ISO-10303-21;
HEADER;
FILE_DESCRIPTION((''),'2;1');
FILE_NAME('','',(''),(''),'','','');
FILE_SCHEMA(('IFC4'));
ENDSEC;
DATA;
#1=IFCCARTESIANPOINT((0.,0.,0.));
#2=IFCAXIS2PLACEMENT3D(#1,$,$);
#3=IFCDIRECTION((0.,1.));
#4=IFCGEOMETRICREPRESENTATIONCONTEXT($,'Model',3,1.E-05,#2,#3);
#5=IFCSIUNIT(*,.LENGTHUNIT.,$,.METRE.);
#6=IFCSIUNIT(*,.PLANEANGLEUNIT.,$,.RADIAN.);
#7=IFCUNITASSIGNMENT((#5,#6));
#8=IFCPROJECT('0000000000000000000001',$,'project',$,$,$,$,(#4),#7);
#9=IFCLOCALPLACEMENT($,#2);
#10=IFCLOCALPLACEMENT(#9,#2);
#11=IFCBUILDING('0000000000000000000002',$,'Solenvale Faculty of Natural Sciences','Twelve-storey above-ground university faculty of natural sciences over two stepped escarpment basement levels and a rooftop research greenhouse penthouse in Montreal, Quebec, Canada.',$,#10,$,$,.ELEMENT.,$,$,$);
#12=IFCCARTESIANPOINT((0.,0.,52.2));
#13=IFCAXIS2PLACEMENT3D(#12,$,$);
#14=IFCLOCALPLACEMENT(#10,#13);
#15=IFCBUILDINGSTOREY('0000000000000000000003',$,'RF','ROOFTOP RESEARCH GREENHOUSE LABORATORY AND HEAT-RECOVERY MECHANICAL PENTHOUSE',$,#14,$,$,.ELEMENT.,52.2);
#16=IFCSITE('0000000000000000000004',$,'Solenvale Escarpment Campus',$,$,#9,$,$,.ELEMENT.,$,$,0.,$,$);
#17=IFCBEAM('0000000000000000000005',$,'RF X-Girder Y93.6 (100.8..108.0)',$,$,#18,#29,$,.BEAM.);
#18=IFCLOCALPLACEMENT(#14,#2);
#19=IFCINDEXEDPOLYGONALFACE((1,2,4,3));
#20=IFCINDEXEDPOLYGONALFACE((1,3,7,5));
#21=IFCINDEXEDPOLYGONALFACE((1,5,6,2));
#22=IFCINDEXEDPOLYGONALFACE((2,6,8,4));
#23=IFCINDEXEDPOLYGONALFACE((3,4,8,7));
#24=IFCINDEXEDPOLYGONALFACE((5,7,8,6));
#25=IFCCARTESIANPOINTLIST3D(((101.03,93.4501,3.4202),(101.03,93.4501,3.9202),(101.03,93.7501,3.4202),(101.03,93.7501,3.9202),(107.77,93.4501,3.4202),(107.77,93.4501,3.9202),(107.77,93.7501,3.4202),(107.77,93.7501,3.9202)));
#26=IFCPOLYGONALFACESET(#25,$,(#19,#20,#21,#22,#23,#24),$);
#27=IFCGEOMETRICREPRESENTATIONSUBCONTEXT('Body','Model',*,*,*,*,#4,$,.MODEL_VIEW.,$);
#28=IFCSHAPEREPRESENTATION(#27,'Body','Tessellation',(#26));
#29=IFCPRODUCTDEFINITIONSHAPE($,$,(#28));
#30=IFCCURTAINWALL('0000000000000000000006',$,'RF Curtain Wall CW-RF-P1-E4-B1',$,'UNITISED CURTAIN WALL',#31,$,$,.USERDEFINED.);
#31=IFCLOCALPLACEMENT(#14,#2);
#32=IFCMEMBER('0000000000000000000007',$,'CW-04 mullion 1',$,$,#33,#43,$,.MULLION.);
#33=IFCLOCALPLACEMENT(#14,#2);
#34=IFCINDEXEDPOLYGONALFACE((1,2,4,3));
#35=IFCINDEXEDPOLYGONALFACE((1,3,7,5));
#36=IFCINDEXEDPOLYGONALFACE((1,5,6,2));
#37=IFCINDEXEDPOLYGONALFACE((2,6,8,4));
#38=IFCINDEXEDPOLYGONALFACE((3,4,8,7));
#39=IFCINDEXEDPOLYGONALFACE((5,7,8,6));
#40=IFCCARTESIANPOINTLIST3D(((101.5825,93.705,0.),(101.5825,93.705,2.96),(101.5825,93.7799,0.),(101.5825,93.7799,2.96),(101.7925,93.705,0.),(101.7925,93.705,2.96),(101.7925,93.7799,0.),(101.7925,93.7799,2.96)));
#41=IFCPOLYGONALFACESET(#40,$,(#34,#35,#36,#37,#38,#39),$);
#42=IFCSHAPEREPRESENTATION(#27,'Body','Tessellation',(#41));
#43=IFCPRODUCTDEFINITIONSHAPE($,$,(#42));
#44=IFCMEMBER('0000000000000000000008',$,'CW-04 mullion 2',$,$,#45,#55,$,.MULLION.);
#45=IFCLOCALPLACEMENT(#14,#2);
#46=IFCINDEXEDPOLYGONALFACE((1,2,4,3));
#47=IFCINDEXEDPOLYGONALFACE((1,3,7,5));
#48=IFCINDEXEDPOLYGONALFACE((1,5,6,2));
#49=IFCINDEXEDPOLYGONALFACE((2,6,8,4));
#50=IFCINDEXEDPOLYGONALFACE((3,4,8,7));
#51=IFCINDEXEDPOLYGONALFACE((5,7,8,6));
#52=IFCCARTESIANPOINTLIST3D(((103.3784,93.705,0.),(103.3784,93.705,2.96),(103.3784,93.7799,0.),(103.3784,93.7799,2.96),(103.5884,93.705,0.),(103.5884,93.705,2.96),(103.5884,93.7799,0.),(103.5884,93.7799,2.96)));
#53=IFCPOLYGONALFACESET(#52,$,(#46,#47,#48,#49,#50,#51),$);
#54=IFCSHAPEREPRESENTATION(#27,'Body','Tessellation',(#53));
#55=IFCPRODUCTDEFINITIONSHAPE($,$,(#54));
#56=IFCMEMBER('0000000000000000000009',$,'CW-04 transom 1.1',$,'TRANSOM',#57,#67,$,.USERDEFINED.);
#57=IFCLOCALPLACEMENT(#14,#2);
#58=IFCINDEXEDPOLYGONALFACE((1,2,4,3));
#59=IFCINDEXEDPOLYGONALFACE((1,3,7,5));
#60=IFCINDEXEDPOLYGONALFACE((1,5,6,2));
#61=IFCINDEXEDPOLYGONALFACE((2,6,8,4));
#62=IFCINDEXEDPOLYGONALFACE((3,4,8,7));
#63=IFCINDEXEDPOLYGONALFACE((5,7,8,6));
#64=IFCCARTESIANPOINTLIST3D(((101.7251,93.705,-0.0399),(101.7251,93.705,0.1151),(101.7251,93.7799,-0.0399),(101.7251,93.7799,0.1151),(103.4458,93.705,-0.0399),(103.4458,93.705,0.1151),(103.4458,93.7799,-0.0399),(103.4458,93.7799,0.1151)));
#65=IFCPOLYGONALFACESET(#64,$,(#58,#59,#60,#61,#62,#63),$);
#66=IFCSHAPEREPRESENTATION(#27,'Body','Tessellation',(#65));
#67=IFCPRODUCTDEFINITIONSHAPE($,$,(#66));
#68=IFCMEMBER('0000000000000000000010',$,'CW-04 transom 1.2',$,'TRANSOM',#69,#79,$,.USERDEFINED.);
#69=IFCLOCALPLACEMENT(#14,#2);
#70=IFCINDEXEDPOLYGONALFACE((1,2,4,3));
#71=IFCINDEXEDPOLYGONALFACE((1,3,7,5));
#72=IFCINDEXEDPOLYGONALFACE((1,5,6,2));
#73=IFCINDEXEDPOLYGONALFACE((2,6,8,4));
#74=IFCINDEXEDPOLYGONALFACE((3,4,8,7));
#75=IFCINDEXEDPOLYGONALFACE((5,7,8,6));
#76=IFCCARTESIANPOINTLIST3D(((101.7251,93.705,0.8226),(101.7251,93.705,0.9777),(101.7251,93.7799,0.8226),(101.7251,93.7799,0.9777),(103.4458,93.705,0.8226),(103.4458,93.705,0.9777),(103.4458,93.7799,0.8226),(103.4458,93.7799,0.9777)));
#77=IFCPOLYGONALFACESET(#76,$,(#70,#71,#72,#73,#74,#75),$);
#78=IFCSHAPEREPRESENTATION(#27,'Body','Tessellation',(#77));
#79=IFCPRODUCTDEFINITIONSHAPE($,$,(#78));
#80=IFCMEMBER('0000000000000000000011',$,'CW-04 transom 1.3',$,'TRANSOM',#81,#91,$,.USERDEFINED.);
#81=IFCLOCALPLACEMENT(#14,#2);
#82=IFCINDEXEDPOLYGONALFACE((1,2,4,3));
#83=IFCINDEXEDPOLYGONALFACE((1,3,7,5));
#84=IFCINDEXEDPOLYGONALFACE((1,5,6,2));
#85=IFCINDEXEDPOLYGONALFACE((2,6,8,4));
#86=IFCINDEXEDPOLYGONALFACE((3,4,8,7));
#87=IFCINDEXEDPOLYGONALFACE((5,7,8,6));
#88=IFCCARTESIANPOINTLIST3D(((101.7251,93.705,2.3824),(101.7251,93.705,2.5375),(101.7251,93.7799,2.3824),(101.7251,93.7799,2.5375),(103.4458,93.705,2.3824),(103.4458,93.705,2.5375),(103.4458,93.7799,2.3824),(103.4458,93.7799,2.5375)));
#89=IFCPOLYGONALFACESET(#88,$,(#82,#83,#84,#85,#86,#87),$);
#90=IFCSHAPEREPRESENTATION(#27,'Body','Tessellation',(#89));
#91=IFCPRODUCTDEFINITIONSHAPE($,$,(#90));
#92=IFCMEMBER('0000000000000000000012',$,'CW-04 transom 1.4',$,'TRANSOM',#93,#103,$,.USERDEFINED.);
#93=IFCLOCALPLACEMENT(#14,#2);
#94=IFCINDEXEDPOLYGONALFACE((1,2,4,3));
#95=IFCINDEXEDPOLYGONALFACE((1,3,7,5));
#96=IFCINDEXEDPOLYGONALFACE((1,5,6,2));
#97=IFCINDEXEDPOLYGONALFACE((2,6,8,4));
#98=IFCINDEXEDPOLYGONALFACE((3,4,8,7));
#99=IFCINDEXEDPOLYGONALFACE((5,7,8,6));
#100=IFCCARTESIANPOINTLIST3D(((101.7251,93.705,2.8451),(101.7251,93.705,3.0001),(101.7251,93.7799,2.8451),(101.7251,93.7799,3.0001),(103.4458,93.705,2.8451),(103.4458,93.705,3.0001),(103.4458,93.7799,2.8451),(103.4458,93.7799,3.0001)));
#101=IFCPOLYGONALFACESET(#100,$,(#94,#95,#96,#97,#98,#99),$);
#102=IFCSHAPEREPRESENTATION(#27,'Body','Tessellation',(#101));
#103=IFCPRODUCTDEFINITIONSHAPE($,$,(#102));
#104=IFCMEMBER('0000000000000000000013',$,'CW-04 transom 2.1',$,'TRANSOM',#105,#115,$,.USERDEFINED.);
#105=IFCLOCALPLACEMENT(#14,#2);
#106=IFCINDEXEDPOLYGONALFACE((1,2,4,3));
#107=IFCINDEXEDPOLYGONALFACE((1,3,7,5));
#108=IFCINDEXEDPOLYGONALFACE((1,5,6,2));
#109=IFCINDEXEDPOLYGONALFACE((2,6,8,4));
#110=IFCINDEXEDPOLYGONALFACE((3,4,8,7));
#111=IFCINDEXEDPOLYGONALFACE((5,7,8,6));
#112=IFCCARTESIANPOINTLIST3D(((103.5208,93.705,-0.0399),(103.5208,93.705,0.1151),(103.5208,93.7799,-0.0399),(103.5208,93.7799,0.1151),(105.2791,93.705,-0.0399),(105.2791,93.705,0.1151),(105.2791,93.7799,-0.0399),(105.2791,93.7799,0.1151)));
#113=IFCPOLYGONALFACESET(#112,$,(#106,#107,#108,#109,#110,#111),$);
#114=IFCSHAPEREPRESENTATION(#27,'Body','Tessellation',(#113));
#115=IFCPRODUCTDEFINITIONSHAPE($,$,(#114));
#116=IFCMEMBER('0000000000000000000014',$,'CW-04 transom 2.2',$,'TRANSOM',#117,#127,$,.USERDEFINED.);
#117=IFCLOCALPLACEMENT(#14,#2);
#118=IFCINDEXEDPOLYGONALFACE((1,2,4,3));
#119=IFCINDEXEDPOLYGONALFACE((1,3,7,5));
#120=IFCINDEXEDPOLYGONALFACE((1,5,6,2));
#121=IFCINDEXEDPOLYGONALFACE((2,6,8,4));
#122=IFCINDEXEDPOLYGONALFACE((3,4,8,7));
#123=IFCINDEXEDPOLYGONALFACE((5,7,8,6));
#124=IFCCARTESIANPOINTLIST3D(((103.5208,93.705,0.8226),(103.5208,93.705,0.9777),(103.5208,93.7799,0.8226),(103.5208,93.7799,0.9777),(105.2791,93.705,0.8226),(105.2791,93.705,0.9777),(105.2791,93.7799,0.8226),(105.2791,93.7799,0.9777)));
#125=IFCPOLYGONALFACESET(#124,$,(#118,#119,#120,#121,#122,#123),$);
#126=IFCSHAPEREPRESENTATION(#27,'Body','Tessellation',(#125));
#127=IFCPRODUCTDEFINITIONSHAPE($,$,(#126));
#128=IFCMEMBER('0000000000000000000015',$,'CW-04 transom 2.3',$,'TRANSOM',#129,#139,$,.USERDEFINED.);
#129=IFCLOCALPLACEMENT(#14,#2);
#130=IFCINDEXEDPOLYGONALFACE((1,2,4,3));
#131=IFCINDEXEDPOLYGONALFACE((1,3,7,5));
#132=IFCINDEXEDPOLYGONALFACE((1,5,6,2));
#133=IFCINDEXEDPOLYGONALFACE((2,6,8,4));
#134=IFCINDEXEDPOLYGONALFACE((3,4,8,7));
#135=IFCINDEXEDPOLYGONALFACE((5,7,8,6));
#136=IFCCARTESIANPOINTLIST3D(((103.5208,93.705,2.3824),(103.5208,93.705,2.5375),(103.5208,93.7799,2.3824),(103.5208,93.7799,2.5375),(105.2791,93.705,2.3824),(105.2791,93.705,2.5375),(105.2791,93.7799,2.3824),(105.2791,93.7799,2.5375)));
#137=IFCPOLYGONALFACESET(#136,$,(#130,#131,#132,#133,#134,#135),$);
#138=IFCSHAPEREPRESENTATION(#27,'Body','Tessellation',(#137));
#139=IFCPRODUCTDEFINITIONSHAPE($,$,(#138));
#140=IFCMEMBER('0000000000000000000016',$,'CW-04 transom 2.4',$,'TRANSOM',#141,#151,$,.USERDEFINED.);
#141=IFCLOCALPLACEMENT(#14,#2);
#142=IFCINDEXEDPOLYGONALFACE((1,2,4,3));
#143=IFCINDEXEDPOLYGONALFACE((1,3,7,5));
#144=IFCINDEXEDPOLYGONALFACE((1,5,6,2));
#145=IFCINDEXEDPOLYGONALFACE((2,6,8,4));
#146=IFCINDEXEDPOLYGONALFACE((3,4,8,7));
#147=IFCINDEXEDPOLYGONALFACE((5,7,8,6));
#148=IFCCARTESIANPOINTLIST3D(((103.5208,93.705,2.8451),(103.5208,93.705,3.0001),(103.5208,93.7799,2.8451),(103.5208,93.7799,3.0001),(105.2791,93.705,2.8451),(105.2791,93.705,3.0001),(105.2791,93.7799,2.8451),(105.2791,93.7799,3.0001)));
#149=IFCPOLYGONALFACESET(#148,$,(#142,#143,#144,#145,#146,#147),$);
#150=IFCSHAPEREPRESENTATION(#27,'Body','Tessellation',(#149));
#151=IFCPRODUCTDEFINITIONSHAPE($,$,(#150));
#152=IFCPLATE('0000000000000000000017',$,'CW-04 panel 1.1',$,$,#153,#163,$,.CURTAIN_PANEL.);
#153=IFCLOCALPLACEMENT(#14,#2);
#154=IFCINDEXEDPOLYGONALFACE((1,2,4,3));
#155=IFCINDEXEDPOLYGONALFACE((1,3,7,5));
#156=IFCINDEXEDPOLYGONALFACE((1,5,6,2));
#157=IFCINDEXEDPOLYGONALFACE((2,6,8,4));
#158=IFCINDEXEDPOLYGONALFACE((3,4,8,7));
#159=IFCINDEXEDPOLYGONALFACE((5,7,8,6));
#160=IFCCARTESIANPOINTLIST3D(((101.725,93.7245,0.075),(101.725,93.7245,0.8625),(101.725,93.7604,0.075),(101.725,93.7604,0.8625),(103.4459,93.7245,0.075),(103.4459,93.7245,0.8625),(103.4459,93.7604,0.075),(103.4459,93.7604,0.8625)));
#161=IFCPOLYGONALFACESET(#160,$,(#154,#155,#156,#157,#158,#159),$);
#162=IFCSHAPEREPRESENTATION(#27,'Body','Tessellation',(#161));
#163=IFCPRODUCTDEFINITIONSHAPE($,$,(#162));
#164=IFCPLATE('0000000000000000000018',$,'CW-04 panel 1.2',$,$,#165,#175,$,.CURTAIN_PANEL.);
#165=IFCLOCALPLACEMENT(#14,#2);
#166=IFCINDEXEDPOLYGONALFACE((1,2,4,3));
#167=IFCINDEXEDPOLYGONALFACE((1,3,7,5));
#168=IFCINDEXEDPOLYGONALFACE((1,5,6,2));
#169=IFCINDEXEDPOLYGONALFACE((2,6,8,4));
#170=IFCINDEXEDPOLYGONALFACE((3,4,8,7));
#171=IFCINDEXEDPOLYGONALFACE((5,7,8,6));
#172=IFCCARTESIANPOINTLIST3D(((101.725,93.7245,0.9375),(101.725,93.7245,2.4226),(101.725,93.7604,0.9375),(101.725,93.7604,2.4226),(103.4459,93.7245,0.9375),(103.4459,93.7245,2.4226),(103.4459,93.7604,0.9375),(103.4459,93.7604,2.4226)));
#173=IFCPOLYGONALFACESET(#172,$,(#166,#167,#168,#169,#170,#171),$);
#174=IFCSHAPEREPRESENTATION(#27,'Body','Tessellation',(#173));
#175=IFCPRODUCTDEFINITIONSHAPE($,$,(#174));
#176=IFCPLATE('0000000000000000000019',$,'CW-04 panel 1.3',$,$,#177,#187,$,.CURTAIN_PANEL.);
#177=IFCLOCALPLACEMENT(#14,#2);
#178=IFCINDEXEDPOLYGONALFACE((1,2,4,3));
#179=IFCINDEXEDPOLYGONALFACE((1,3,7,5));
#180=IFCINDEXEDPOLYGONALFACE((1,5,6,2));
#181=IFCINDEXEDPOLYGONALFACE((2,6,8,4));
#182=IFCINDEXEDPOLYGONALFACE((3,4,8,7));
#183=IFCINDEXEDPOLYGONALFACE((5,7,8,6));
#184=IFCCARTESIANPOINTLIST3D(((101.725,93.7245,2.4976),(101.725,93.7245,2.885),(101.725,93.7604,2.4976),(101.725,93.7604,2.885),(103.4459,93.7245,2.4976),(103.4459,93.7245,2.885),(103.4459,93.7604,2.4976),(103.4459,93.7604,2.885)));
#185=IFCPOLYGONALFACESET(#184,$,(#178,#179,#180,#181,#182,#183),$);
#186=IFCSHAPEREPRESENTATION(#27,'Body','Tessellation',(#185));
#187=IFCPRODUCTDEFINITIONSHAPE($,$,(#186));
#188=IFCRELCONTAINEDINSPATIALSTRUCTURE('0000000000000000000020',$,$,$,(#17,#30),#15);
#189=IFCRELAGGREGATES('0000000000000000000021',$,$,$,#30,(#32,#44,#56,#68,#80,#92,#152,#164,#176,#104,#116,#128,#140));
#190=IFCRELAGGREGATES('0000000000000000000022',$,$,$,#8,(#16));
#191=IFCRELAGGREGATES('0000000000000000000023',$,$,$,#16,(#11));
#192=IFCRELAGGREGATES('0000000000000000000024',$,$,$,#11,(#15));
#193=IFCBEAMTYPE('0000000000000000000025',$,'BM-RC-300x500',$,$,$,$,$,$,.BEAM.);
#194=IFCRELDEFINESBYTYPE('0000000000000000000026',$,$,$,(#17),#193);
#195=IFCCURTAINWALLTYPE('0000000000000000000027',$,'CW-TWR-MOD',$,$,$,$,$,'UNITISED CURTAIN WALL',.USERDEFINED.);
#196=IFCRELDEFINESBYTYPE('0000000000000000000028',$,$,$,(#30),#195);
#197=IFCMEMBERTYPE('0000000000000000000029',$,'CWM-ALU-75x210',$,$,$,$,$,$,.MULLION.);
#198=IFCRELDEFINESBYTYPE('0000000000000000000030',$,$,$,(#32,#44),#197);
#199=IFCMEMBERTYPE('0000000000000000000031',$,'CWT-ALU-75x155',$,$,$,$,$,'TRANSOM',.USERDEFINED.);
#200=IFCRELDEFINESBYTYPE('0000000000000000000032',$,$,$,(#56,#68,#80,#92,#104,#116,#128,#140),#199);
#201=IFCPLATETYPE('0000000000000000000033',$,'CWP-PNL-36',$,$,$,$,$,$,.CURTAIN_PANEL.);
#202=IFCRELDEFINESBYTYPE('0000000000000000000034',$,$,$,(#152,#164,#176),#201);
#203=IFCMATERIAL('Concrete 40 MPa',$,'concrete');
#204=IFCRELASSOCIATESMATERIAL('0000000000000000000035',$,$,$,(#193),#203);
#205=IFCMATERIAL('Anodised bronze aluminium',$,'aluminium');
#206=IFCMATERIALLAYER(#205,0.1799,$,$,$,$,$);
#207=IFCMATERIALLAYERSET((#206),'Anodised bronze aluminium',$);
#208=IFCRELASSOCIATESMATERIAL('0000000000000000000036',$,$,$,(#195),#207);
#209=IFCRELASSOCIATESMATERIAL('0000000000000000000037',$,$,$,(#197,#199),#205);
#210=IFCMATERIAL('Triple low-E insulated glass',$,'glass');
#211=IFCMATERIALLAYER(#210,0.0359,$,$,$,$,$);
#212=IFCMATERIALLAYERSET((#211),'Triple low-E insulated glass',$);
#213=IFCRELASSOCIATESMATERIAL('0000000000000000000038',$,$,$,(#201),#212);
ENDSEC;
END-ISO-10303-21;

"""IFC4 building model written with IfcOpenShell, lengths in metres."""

from ifc_helpers import new_model, si_unit, direction, frame, origin, origin_2d, place, context, subcontext, project, spatial, rectangle, extrude, material, layer, layer_set, material_profile, profile_set, type_object, element, aggregate, save


model = new_model("IFC4")

# Units and contexts
model_context = context("Model", 3, precision=1e-05, world=origin(), true_north=direction((0.0, 1.0)))
body_context = subcontext(model_context, "Body", "Model", "MODEL_VIEW")
ifc_project = project(units=[si_unit("LENGTHUNIT", "METRE"), si_unit("PLANEANGLEUNIT", "RADIAN")], contexts=[model_context])

# Site, building, storey
site_placement = place(None, origin())
site = spatial("IfcSite", under=ifc_project, at=site_placement, Name="Solenvale Escarpment Campus", CompositionType="ELEMENT", RefElevation=0.0)
building_placement = place(site_placement, origin())
building = spatial("IfcBuilding", under=site, at=building_placement, Name="Solenvale Faculty of Natural Sciences", Description="Twelve-storey above-ground university faculty of natural sciences over two stepped escarpment basement levels and a rooftop research greenhouse penthouse in Montreal, Quebec, Canada.", CompositionType="ELEMENT")
storey_placement = place(building_placement, frame((0.0, 0.0, 52.2)))
storey = spatial("IfcBuildingStorey", under=building, at=storey_placement, Name="RF", Description="ROOFTOP RESEARCH GREENHOUSE LABORATORY AND HEAT-RECOVERY MECHANICAL PENTHOUSE", CompositionType="ELEMENT", Elevation=52.2)

# Beam
ifc_material_1 = material(Name="Concrete 40 MPa", Category="concrete")
ifc_material_profile_1 = material_profile(ifc_material_1, rectangle(XDim=0.3, YDim=0.5, at=origin_2d()), Name="RC-BM-300x500")
ifc_profile_set_1 = profile_set([ifc_material_profile_1], Name="Concrete 40 MPa")
beam_type = type_object("IfcBeamType", Name="BM-RC-300x500", PredefinedType="BEAM", material=ifc_profile_set_1)
beam_placement = place(storey_placement, frame((101.03, 93.6001, 3.6702), z_axis=(1.0, 0.0, 0.0), x_axis=(0.0, 1.0, 0.0)))
element("IfcBeam", 1, at=beam_placement, inside=storey, type_object=beam_type, Name="RF X-Girder Y93.6 (100.8..108.0)", PredefinedType="BEAM", context=body_context, shape_type="SweptSolid", body=[
    extrude(rectangle(XDim=0.3, YDim=0.5, at=origin_2d()), origin(), (0.0, 0.0, 1.0), 6.74),
])

# Curtain wall, members, plates
ifc_material_2 = material(Name="Anodised bronze aluminium", Category="aluminium")
ifc_layer_1 = layer(ifc_material_2, 0.1799)
ifc_layer_set_1 = layer_set([ifc_layer_1], Name="Anodised bronze aluminium")
curtain_wall_type = type_object("IfcCurtainWallType", Name="CW-TWR-MOD", ElementType="UNITISED CURTAIN WALL", PredefinedType="USERDEFINED", material=ifc_layer_set_1)
curtain_wall_placement = place(storey_placement, origin())
curtain_wall = element("IfcCurtainWall", 2, at=curtain_wall_placement, inside=storey, type_object=curtain_wall_type, Name="RF Curtain Wall CW-RF-P1-E4-B1", ObjectType="UNITISED CURTAIN WALL", PredefinedType="USERDEFINED")
ifc_material_profile_2 = material_profile(ifc_material_2, rectangle(XDim=0.075, YDim=0.21, at=origin_2d()), Name="ALU-MUL-75x210")
ifc_profile_set_2 = profile_set([ifc_material_profile_2], Name="Anodised bronze aluminium")
member_type_1 = type_object("IfcMemberType", Name="CWM-ALU-75x210", PredefinedType="MULLION", material=ifc_profile_set_2)
member_1_placement = place(storey_placement, frame((101.6875, 93.7424, 0.0), z_axis=(0.0, 0.0, 1.0), x_axis=(0.0, 1.0, 0.0)))
member_1 = element("IfcMember", 3, at=member_1_placement, type_object=member_type_1, Name="CW-04 mullion 1", PredefinedType="MULLION", context=body_context, shape_type="SweptSolid", body=[
    extrude(rectangle(XDim=0.075, YDim=0.21, at=origin_2d()), origin(), (0.0, 0.0, 1.0), 2.96),
])
member_2_placement = place(storey_placement, frame((103.4834, 93.7424, 0.0), z_axis=(0.0, 0.0, 1.0), x_axis=(0.0, 1.0, 0.0)))
member_2 = element("IfcMember", 4, at=member_2_placement, type_object=member_type_1, Name="CW-04 mullion 2", PredefinedType="MULLION", context=body_context, shape_type="SweptSolid", body=[
    extrude(rectangle(XDim=0.075, YDim=0.21, at=origin_2d()), origin(), (0.0, 0.0, 1.0), 2.96),
])
ifc_material_profile_3 = material_profile(ifc_material_2, rectangle(XDim=0.075, YDim=0.155, at=origin_2d()), Name="ALU-TRN-75x155")
ifc_profile_set_3 = profile_set([ifc_material_profile_3], Name="Anodised bronze aluminium")
member_type_2 = type_object("IfcMemberType", Name="CWT-ALU-75x155", ElementType="TRANSOM", PredefinedType="USERDEFINED", material=ifc_profile_set_3)
member_3_placement = place(storey_placement, frame((101.7251, 93.7424, 0.0376), z_axis=(1.0, 0.0, 0.0), x_axis=(0.0, 1.0, 0.0)))
member_3 = element("IfcMember", 5, at=member_3_placement, type_object=member_type_2, Name="CW-04 transom 1.1", ObjectType="TRANSOM", PredefinedType="USERDEFINED", context=body_context, shape_type="SweptSolid", body=[
    extrude(rectangle(XDim=0.075, YDim=0.155, at=origin_2d()), origin(), (0.0, 0.0, 1.0), 1.7207),
])
member_4_placement = place(storey_placement, frame((101.7251, 93.7424, 0.9001), z_axis=(1.0, 0.0, 0.0), x_axis=(0.0, 1.0, 0.0)))
member_4 = element("IfcMember", 6, at=member_4_placement, type_object=member_type_2, Name="CW-04 transom 1.2", ObjectType="TRANSOM", PredefinedType="USERDEFINED", context=body_context, shape_type="SweptSolid", body=[
    extrude(rectangle(XDim=0.075, YDim=0.155, at=origin_2d()), origin(), (0.0, 0.0, 1.0), 1.7207),
])
member_5_placement = place(storey_placement, frame((101.7251, 93.7424, 2.46), z_axis=(1.0, 0.0, 0.0), x_axis=(0.0, 1.0, 0.0)))
member_5 = element("IfcMember", 7, at=member_5_placement, type_object=member_type_2, Name="CW-04 transom 1.3", ObjectType="TRANSOM", PredefinedType="USERDEFINED", context=body_context, shape_type="SweptSolid", body=[
    extrude(rectangle(XDim=0.075, YDim=0.155, at=origin_2d()), origin(), (0.0, 0.0, 1.0), 1.7207),
])
member_6_placement = place(storey_placement, frame((101.7251, 93.7424, 2.9226), z_axis=(1.0, 0.0, 0.0), x_axis=(0.0, 1.0, 0.0)))
member_6 = element("IfcMember", 8, at=member_6_placement, type_object=member_type_2, Name="CW-04 transom 1.4", ObjectType="TRANSOM", PredefinedType="USERDEFINED", context=body_context, shape_type="SweptSolid", body=[
    extrude(rectangle(XDim=0.075, YDim=0.155, at=origin_2d()), origin(), (0.0, 0.0, 1.0), 1.7207),
])
member_7_placement = place(storey_placement, frame((103.5208, 93.7424, 0.0376), z_axis=(1.0, 0.0, 0.0), x_axis=(0.0, 1.0, 0.0)))
member_7 = element("IfcMember", 9, at=member_7_placement, type_object=member_type_2, Name="CW-04 transom 2.1", ObjectType="TRANSOM", PredefinedType="USERDEFINED", context=body_context, shape_type="SweptSolid", body=[
    extrude(rectangle(XDim=0.075, YDim=0.155, at=origin_2d()), origin(), (0.0, 0.0, 1.0), 1.7583),
])
member_8_placement = place(storey_placement, frame((103.5208, 93.7424, 0.9001), z_axis=(1.0, 0.0, 0.0), x_axis=(0.0, 1.0, 0.0)))
member_8 = element("IfcMember", 10, at=member_8_placement, type_object=member_type_2, Name="CW-04 transom 2.2", ObjectType="TRANSOM", PredefinedType="USERDEFINED", context=body_context, shape_type="SweptSolid", body=[
    extrude(rectangle(XDim=0.075, YDim=0.155, at=origin_2d()), origin(), (0.0, 0.0, 1.0), 1.7583),
])
member_9_placement = place(storey_placement, frame((103.5208, 93.7424, 2.46), z_axis=(1.0, 0.0, 0.0), x_axis=(0.0, 1.0, 0.0)))
member_9 = element("IfcMember", 11, at=member_9_placement, type_object=member_type_2, Name="CW-04 transom 2.3", ObjectType="TRANSOM", PredefinedType="USERDEFINED", context=body_context, shape_type="SweptSolid", body=[
    extrude(rectangle(XDim=0.075, YDim=0.155, at=origin_2d()), origin(), (0.0, 0.0, 1.0), 1.7583),
])
member_10_placement = place(storey_placement, frame((103.5208, 93.7424, 2.9226), z_axis=(1.0, 0.0, 0.0), x_axis=(0.0, 1.0, 0.0)))
member_10 = element("IfcMember", 12, at=member_10_placement, type_object=member_type_2, Name="CW-04 transom 2.4", ObjectType="TRANSOM", PredefinedType="USERDEFINED", context=body_context, shape_type="SweptSolid", body=[
    extrude(rectangle(XDim=0.075, YDim=0.155, at=origin_2d()), origin(), (0.0, 0.0, 1.0), 1.7583),
])
ifc_material_3 = material(Name="Triple low-E insulated glass", Category="glass")
ifc_layer_2 = layer(ifc_material_3, 0.0359)
ifc_layer_set_2 = layer_set([ifc_layer_2], Name="Triple low-E insulated glass")
plate_type = type_object("IfcPlateType", Name="CWP-PNL-36", PredefinedType="CURTAIN_PANEL", material=ifc_layer_set_2)
plate_1_placement = place(storey_placement, frame((102.5854, 93.7424, 0.075), z_axis=(0.0, 0.0, 1.0), x_axis=(1.0, 0.0, 0.0)))
plate_1 = element("IfcPlate", 13, at=plate_1_placement, type_object=plate_type, Name="CW-04 panel 1.1", PredefinedType="CURTAIN_PANEL", context=body_context, shape_type="SweptSolid", body=[
    extrude(rectangle(XDim=1.7209, YDim=0.0359, at=origin_2d()), origin(), (0.0, 0.0, 1.0), 0.7876),
])
plate_2_placement = place(storey_placement, frame((102.5854, 93.7424, 0.9375), z_axis=(0.0, 0.0, 1.0), x_axis=(1.0, 0.0, 0.0)))
plate_2 = element("IfcPlate", 14, at=plate_2_placement, type_object=plate_type, Name="CW-04 panel 1.2", PredefinedType="CURTAIN_PANEL", context=body_context, shape_type="SweptSolid", body=[
    extrude(rectangle(XDim=1.7209, YDim=0.0359, at=origin_2d()), origin(), (0.0, 0.0, 1.0), 1.4851),
])
plate_3_placement = place(storey_placement, frame((102.5854, 93.7424, 2.4976), z_axis=(0.0, 0.0, 1.0), x_axis=(1.0, 0.0, 0.0)))
plate_3 = element("IfcPlate", 15, at=plate_3_placement, type_object=plate_type, Name="CW-04 panel 1.3", PredefinedType="CURTAIN_PANEL", context=body_context, shape_type="SweptSolid", body=[
    extrude(rectangle(XDim=1.7209, YDim=0.0359, at=origin_2d()), origin(), (0.0, 0.0, 1.0), 0.3875),
])
aggregate(curtain_wall, [member_1, member_2, member_3, member_4, member_5, member_6, plate_1, plate_2, plate_3, member_7, member_8, member_9, member_10])

save(model, "model.ifc")
